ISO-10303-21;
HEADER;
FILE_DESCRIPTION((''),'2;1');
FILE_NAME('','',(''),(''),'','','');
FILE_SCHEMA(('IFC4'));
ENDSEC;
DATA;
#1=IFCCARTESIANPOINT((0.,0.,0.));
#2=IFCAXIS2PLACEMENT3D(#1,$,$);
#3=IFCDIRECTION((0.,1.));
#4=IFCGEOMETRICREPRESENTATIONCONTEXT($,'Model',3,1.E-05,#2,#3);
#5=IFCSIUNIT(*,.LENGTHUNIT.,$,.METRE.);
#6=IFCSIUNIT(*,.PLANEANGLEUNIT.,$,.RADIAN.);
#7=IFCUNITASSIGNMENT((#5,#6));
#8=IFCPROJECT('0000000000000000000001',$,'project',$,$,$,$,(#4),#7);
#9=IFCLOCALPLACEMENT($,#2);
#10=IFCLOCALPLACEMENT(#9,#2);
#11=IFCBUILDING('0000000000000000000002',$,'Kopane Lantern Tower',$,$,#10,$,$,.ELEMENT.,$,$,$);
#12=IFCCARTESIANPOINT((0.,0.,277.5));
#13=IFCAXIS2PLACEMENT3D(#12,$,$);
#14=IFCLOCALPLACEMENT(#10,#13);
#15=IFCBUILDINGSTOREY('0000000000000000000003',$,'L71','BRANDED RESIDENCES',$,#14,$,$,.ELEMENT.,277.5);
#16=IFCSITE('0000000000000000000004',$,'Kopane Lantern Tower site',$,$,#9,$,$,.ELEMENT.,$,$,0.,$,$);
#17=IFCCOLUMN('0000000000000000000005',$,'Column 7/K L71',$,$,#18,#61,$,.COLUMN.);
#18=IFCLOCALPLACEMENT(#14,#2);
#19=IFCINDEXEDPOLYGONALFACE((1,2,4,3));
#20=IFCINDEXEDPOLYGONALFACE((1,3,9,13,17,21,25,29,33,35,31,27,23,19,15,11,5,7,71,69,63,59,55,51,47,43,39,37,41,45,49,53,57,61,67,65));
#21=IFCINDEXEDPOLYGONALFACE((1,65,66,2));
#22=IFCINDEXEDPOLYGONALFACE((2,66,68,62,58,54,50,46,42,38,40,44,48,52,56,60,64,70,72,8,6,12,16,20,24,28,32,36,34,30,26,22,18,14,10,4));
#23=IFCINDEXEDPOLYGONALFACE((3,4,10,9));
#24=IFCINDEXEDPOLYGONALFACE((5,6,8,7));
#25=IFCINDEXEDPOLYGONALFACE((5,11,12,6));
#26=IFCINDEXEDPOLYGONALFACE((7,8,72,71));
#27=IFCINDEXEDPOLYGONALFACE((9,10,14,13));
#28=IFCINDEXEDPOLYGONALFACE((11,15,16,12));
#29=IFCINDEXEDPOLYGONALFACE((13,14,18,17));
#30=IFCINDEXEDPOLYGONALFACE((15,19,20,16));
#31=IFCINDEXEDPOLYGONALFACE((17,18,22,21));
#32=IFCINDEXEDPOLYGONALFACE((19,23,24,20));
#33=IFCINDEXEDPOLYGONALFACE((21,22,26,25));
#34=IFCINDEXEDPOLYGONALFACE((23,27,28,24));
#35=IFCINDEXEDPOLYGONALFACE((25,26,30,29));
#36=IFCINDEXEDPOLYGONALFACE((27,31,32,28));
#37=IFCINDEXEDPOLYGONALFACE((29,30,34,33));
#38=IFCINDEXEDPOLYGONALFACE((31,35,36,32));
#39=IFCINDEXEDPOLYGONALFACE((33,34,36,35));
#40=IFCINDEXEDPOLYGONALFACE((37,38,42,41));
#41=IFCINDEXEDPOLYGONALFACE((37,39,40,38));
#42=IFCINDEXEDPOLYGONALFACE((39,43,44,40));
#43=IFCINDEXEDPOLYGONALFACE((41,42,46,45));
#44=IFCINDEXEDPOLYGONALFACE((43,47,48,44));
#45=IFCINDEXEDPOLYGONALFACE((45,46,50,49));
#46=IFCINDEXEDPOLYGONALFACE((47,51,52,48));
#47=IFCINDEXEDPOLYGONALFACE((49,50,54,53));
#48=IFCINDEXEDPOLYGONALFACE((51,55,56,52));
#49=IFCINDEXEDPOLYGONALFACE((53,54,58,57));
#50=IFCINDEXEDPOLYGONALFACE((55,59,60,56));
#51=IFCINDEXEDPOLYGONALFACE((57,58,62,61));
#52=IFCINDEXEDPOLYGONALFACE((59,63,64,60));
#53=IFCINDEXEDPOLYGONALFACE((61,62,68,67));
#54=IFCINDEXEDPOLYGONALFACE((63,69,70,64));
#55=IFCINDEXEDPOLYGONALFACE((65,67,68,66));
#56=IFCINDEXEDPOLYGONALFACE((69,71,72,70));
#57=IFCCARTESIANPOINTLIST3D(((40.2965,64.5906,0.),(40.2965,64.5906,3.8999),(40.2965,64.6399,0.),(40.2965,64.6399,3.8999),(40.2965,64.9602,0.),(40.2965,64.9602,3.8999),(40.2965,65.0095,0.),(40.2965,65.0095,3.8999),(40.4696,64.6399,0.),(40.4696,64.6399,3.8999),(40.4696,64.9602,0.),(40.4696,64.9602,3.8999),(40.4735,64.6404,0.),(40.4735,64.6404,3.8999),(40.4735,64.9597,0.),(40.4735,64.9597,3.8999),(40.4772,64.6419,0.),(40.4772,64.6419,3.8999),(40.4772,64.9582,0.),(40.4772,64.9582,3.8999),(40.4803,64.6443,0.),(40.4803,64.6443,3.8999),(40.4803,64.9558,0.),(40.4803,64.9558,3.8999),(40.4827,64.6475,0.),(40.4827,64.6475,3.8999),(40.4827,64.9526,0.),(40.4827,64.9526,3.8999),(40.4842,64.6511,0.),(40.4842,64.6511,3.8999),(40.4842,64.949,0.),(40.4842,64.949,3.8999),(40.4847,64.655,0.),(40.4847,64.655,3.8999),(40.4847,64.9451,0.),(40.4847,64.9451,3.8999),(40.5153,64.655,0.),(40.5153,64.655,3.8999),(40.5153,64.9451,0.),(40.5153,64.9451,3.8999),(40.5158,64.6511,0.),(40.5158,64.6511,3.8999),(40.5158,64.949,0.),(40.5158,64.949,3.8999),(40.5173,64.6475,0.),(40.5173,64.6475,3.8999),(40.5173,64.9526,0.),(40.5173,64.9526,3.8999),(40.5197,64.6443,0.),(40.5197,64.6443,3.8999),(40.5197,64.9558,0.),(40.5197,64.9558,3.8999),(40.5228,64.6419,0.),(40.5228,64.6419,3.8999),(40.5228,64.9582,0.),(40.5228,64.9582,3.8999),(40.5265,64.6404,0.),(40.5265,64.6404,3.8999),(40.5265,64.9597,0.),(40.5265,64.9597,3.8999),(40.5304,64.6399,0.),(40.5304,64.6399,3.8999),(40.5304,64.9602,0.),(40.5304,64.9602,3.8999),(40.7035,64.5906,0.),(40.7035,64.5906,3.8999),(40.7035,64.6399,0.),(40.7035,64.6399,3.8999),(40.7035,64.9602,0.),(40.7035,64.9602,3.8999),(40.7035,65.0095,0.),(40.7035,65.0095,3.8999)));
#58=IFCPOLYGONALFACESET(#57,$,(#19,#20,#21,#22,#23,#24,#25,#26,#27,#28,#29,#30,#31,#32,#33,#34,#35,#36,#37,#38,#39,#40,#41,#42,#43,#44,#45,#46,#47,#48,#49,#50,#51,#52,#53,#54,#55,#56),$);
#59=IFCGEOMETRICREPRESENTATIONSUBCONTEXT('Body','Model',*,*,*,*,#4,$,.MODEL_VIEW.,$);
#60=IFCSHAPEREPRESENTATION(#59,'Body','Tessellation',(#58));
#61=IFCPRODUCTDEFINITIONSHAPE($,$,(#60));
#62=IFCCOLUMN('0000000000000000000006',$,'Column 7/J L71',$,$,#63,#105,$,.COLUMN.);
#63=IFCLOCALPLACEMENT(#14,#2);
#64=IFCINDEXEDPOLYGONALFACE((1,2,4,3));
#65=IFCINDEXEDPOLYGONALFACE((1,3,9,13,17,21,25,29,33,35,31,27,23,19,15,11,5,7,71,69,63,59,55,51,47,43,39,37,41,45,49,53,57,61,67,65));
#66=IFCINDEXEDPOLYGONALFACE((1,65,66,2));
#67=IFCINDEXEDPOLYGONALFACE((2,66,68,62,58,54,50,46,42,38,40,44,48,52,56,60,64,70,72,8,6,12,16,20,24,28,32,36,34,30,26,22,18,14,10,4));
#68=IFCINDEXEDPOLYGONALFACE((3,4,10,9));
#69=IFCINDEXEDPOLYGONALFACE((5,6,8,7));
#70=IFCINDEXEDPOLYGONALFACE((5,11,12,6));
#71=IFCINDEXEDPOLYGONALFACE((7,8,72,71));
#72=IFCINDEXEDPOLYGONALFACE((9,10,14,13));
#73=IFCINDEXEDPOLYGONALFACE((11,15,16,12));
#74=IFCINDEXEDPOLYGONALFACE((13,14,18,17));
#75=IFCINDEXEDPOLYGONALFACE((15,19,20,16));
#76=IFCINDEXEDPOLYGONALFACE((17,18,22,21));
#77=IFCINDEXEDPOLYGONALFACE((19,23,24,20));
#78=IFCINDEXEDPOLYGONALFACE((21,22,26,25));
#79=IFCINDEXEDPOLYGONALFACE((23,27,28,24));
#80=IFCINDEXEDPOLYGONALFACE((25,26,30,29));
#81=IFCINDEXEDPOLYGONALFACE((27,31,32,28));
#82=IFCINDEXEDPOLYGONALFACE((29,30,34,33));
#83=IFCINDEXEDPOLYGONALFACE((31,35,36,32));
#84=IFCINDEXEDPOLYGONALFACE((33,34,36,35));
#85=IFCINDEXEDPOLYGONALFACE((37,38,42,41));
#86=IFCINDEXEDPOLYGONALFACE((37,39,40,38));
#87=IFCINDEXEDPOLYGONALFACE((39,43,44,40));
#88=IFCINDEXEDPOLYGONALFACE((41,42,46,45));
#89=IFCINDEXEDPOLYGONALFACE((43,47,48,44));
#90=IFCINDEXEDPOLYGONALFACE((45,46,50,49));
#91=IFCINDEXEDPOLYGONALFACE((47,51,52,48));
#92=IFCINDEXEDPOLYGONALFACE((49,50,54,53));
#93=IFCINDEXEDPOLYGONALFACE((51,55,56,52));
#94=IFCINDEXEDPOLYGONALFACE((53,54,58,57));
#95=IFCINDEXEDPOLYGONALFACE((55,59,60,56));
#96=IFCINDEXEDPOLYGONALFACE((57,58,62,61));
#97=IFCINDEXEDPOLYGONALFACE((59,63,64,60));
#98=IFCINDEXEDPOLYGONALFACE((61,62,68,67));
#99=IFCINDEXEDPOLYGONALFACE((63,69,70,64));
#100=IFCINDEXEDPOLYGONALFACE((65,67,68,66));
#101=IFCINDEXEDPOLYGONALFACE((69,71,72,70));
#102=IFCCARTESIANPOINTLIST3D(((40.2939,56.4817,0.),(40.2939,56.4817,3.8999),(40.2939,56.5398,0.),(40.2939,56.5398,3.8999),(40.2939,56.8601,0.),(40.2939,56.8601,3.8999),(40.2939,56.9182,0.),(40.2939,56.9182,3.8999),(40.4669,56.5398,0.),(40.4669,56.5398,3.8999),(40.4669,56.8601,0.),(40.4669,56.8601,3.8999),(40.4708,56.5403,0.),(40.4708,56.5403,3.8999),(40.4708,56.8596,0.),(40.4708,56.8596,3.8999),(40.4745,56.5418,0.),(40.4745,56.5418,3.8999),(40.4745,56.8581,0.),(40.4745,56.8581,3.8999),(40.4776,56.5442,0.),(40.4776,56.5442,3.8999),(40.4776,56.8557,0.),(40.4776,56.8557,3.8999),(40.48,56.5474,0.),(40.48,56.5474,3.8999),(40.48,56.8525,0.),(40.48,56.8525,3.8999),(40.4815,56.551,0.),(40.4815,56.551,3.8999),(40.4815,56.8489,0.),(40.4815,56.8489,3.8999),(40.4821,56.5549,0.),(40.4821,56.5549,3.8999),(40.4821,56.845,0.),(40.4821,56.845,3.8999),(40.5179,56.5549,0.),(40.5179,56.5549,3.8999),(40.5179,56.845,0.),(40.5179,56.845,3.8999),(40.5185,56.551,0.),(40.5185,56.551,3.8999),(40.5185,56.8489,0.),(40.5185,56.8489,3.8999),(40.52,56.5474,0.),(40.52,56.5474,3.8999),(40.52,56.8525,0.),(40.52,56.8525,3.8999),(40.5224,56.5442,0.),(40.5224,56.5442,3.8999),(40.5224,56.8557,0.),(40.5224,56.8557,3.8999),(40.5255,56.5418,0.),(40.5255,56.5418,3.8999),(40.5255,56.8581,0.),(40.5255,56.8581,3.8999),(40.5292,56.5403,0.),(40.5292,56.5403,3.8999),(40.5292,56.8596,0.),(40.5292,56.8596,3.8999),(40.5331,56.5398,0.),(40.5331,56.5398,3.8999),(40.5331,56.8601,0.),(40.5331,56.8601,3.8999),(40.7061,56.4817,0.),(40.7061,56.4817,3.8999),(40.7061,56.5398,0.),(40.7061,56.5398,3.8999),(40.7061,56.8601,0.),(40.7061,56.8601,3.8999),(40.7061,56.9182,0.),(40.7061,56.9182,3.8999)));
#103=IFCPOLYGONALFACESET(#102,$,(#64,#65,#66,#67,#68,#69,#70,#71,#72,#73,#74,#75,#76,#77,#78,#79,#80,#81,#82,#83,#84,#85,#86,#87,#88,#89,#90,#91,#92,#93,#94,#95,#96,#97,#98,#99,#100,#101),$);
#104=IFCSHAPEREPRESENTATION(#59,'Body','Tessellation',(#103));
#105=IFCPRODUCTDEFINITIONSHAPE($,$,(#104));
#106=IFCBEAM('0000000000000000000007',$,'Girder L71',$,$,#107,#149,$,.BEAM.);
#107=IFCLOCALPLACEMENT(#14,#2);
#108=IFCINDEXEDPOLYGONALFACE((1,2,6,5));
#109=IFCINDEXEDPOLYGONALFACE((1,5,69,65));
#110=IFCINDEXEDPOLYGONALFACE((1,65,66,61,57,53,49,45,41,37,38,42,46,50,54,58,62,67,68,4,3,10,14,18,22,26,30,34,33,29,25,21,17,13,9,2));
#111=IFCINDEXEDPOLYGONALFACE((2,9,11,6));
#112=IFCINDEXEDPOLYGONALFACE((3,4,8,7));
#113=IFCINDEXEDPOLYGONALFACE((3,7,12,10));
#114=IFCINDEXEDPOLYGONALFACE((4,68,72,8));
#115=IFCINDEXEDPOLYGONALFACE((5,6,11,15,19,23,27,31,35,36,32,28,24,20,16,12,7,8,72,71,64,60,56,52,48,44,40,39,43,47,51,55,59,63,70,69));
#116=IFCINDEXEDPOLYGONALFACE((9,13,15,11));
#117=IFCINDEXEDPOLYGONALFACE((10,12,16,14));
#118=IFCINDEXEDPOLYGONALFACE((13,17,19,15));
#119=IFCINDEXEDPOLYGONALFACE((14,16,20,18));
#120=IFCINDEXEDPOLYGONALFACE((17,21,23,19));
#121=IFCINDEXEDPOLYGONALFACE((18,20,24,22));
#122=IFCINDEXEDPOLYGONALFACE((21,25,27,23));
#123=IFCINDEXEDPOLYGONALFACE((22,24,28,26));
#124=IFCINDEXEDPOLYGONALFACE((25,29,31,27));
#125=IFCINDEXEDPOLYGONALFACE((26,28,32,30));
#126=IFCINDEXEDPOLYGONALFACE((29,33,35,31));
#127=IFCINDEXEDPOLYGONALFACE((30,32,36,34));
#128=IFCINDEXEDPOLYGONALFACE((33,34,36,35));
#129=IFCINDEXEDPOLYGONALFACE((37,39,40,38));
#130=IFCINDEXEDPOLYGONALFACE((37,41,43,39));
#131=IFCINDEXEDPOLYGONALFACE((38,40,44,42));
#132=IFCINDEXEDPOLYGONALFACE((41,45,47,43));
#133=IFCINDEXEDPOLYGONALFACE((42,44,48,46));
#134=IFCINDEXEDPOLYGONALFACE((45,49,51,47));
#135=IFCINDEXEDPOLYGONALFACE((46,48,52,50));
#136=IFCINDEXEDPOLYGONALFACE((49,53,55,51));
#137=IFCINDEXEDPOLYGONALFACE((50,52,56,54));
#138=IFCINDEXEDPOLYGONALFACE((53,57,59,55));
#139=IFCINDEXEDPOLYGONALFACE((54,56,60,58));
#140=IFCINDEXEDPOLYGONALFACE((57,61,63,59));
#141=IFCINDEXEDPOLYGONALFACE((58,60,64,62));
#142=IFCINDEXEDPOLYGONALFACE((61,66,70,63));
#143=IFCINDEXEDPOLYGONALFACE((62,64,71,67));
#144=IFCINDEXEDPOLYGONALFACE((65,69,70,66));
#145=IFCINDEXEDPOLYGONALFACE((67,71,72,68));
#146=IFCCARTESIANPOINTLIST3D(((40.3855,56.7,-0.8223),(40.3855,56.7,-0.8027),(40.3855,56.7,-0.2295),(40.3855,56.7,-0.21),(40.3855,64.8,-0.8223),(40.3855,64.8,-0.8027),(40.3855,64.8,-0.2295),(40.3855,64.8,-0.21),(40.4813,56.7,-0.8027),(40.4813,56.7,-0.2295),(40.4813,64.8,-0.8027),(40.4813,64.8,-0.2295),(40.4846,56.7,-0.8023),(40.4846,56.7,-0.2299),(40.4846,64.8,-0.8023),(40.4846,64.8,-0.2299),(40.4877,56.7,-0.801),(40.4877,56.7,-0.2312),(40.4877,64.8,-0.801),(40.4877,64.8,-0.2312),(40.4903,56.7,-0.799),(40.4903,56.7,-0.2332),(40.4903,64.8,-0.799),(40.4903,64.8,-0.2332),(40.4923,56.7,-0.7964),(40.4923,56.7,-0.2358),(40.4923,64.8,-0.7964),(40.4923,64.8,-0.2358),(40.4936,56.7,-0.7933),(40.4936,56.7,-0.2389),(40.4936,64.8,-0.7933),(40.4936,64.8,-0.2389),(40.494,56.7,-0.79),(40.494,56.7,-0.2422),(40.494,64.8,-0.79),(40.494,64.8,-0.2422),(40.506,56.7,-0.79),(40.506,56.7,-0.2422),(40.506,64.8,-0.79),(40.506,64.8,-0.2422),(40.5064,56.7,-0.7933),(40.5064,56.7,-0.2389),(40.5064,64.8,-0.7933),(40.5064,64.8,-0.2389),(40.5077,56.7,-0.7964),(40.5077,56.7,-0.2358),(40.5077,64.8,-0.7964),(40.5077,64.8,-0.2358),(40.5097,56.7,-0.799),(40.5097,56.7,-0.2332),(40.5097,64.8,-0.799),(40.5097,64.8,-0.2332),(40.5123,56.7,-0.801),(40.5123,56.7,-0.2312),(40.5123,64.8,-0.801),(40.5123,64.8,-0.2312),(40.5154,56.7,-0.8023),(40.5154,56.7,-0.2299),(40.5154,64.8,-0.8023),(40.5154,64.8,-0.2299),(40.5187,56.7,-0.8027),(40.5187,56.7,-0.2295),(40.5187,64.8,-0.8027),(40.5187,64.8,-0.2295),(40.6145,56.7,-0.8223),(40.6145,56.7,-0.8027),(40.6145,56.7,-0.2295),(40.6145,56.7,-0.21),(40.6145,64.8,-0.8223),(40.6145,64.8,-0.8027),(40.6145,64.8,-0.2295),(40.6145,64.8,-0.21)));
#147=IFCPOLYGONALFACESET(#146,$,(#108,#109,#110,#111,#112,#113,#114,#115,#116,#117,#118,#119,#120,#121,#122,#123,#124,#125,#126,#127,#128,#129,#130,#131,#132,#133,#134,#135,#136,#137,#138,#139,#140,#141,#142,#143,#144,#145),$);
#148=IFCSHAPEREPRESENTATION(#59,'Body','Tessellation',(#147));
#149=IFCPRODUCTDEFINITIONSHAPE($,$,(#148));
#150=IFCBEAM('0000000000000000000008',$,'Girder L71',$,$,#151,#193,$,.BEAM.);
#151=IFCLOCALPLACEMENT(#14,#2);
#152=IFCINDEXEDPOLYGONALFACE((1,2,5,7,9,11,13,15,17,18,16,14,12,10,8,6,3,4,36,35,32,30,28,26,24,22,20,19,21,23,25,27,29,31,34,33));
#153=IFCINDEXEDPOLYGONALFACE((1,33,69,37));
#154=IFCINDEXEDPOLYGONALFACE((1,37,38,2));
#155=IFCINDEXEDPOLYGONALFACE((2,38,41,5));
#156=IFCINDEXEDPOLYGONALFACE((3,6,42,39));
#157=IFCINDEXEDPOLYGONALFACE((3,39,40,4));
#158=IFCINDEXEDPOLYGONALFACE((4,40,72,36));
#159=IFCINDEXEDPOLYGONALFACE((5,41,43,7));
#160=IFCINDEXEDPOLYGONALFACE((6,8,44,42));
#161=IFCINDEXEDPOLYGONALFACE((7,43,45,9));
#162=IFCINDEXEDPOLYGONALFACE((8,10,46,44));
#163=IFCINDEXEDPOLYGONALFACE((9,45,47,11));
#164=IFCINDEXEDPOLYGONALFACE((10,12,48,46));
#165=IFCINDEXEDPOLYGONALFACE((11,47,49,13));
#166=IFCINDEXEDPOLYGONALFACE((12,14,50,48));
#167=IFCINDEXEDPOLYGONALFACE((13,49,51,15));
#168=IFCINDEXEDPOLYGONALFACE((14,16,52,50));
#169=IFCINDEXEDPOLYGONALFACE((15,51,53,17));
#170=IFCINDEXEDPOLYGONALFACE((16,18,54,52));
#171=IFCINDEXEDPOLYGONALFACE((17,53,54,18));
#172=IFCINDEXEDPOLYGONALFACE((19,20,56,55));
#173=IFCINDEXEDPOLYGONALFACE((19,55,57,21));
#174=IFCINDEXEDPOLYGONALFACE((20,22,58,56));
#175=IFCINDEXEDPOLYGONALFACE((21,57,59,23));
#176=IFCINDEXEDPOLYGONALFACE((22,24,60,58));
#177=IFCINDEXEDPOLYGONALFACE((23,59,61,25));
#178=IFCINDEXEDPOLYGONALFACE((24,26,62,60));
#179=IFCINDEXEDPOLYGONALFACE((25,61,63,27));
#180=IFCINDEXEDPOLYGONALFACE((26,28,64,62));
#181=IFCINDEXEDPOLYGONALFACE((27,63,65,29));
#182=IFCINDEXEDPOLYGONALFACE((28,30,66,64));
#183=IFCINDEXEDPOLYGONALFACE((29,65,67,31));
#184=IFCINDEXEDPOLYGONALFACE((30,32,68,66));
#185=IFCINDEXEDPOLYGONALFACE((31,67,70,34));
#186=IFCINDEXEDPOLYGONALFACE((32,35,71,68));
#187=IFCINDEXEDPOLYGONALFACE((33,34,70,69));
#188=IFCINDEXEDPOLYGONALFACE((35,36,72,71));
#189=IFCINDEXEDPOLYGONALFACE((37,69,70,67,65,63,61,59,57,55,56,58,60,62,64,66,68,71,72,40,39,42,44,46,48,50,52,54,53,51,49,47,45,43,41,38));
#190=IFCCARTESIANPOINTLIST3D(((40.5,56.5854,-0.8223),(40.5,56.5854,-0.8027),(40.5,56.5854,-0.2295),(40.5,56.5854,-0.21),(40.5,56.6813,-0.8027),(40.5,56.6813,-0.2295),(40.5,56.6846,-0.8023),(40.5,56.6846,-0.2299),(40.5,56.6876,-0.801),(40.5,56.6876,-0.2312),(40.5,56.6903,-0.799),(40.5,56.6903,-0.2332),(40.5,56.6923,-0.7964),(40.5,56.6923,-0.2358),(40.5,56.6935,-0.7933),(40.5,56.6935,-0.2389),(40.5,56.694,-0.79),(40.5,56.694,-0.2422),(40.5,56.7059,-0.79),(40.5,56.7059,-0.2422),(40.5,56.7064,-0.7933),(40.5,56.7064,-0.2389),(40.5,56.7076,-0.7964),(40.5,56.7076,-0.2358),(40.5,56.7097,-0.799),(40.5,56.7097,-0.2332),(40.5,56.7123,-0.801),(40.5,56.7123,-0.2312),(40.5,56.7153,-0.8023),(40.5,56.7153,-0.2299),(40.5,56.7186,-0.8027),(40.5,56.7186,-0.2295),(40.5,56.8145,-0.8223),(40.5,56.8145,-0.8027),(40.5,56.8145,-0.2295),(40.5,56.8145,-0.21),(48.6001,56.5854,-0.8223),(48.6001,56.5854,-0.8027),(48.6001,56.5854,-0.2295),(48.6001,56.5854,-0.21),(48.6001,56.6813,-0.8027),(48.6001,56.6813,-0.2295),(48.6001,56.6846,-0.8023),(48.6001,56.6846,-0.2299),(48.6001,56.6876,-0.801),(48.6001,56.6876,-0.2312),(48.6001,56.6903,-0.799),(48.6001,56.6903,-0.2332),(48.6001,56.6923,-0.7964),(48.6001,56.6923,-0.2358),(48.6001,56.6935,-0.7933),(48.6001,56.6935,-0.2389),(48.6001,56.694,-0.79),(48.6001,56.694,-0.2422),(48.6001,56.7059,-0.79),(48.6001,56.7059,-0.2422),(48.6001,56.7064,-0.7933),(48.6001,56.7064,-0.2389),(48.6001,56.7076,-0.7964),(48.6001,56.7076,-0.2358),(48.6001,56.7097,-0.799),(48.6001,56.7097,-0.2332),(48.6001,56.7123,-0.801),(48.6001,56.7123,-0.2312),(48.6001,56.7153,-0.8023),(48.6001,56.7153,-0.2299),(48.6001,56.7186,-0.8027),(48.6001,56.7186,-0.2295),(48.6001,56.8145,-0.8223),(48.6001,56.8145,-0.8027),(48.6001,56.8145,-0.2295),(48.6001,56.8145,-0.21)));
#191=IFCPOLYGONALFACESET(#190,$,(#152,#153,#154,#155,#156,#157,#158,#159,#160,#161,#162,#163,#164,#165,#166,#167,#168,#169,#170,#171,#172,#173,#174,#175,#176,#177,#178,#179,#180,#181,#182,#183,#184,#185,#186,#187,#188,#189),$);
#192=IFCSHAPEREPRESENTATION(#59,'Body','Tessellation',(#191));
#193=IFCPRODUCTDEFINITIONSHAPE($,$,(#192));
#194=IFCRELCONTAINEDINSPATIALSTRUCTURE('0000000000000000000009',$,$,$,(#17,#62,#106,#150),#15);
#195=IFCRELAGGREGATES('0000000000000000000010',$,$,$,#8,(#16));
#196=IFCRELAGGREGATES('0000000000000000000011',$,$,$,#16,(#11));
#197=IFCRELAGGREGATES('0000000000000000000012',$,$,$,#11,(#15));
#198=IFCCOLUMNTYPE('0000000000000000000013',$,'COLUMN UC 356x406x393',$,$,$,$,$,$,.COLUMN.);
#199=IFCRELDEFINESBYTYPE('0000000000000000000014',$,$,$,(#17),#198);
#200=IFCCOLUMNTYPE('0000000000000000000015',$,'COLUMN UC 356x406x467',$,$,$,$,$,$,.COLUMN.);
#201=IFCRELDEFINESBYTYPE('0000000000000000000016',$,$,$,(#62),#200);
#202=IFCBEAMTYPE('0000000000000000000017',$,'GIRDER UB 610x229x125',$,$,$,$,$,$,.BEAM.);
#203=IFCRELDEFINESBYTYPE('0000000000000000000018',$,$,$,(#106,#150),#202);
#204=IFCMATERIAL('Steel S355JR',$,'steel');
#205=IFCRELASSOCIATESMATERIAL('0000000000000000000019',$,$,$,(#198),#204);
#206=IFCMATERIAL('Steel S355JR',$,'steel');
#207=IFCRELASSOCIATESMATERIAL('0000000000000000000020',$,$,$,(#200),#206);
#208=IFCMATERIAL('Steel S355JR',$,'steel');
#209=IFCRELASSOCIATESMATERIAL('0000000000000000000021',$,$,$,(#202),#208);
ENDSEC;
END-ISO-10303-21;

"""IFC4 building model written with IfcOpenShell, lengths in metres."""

from ifc_helpers import new_model, si_unit, direction, frame, origin, origin_2d, place, context, subcontext, project, spatial, i_section, extrude, material, material_profile, profile_set, type_object, element, save


model = new_model("IFC4")

# Units and contexts
model_context = context("Model", 3, precision=1e-05, world=origin(), true_north=direction((0.0, 1.0)))
body_context = subcontext(model_context, "Body", "Model", "MODEL_VIEW")
ifc_project = project(units=[si_unit("LENGTHUNIT", "METRE"), si_unit("PLANEANGLEUNIT", "RADIAN")], contexts=[model_context])

# Site, building, storey
site_placement = place(None, origin())
site = spatial("IfcSite", under=ifc_project, at=site_placement, Name="Kopane Lantern Tower site", CompositionType="ELEMENT", RefElevation=0.0)
building_placement = place(site_placement, origin())
building = spatial("IfcBuilding", under=site, at=building_placement, Name="Kopane Lantern Tower", CompositionType="ELEMENT")
storey_placement = place(building_placement, frame((0.0, 0.0, 277.5)))
storey = spatial("IfcBuildingStorey", under=building, at=storey_placement, Name="L71", Description="BRANDED RESIDENCES", CompositionType="ELEMENT", Elevation=277.5)

# Columns
ifc_material_1 = material(Name="Steel S355JR", Category="steel")
ifc_material_profile_1 = material_profile(ifc_material_1, i_section(OverallWidth=0.407, OverallDepth=0.4189, WebThickness=0.0305, FlangeThickness=0.0493, FilletRadius=0.0151, at=origin_2d()), Name="UC 356x406x393")
ifc_profile_set_1 = profile_set([ifc_material_profile_1], Name="Steel S355JR")
column_type_1 = type_object("IfcColumnType", Name="COLUMN UC 356x406x393", PredefinedType="COLUMN", material=ifc_profile_set_1)
column_1_placement = place(storey_placement, frame((40.5, 64.8, 0.0), z_axis=(0.0, 0.0, 1.0), x_axis=(1.0, 0.0, 0.0)))
element("IfcColumn", 1, at=column_1_placement, inside=storey, type_object=column_type_1, Name="Column 7/K L71", PredefinedType="COLUMN", context=body_context, shape_type="SweptSolid", body=[
    extrude(i_section(OverallWidth=0.407, OverallDepth=0.4189, WebThickness=0.0305, FlangeThickness=0.0493, FilletRadius=0.0151, at=origin_2d()), origin(), (0.0, 0.0, 1.0), 3.8999),
])
ifc_material_2 = material(Name="Steel S355JR", Category="steel")
ifc_material_profile_2 = material_profile(ifc_material_2, i_section(OverallWidth=0.4121, OverallDepth=0.4365, WebThickness=0.0359, FlangeThickness=0.0581, FilletRadius=0.0151, at=origin_2d()), Name="UC 356x406x467")
ifc_profile_set_2 = profile_set([ifc_material_profile_2], Name="Steel S355JR")
column_type_2 = type_object("IfcColumnType", Name="COLUMN UC 356x406x467", PredefinedType="COLUMN", material=ifc_profile_set_2)
column_2_placement = place(storey_placement, frame((40.5, 56.7, 0.0), z_axis=(0.0, 0.0, 1.0), x_axis=(1.0, 0.0, 0.0)))
element("IfcColumn", 2, at=column_2_placement, inside=storey, type_object=column_type_2, Name="Column 7/J L71", PredefinedType="COLUMN", context=body_context, shape_type="SweptSolid", body=[
    extrude(i_section(OverallWidth=0.4121, OverallDepth=0.4365, WebThickness=0.0359, FlangeThickness=0.0581, FilletRadius=0.0151, at=origin_2d()), origin(), (0.0, 0.0, 1.0), 3.8999),
])

# Beams
ifc_material_3 = material(Name="Steel S355JR", Category="steel")
ifc_material_profile_3 = material_profile(ifc_material_3, i_section(OverallWidth=0.229, OverallDepth=0.6123, WebThickness=0.012, FlangeThickness=0.0195, FilletRadius=0.0127, at=origin_2d()), Name="UB 610x229x125")
ifc_profile_set_3 = profile_set([ifc_material_profile_3], Name="Steel S355JR")
beam_type = type_object("IfcBeamType", Name="GIRDER UB 610x229x125", PredefinedType="BEAM", material=ifc_profile_set_3)
for number, where, z_axis, x_axis, name in (
    (3, (40.5, 56.7, -0.5161), (0.0, 1.0, 0.0), (-1.0, 0.0, 0.0), "Girder L71"),
    (4, (40.5, 56.7, -0.5161), (1.0, 0.0, 0.0), (0.0, 1.0, 0.0), "Girder L71"),
):
    element("IfcBeam", number, at=place(storey_placement, frame(where, z_axis=z_axis, x_axis=x_axis)), inside=storey, type_object=beam_type, Name=name, PredefinedType="BEAM", context=body_context, shape_type="SweptSolid", body=[
        extrude(i_section(OverallWidth=0.229, OverallDepth=0.6123, WebThickness=0.012, FlangeThickness=0.0195, FilletRadius=0.0127, at=origin_2d()), origin(), (0.0, 0.0, 1.0), 8.1001),
    ])

save(model, "model.ifc")
